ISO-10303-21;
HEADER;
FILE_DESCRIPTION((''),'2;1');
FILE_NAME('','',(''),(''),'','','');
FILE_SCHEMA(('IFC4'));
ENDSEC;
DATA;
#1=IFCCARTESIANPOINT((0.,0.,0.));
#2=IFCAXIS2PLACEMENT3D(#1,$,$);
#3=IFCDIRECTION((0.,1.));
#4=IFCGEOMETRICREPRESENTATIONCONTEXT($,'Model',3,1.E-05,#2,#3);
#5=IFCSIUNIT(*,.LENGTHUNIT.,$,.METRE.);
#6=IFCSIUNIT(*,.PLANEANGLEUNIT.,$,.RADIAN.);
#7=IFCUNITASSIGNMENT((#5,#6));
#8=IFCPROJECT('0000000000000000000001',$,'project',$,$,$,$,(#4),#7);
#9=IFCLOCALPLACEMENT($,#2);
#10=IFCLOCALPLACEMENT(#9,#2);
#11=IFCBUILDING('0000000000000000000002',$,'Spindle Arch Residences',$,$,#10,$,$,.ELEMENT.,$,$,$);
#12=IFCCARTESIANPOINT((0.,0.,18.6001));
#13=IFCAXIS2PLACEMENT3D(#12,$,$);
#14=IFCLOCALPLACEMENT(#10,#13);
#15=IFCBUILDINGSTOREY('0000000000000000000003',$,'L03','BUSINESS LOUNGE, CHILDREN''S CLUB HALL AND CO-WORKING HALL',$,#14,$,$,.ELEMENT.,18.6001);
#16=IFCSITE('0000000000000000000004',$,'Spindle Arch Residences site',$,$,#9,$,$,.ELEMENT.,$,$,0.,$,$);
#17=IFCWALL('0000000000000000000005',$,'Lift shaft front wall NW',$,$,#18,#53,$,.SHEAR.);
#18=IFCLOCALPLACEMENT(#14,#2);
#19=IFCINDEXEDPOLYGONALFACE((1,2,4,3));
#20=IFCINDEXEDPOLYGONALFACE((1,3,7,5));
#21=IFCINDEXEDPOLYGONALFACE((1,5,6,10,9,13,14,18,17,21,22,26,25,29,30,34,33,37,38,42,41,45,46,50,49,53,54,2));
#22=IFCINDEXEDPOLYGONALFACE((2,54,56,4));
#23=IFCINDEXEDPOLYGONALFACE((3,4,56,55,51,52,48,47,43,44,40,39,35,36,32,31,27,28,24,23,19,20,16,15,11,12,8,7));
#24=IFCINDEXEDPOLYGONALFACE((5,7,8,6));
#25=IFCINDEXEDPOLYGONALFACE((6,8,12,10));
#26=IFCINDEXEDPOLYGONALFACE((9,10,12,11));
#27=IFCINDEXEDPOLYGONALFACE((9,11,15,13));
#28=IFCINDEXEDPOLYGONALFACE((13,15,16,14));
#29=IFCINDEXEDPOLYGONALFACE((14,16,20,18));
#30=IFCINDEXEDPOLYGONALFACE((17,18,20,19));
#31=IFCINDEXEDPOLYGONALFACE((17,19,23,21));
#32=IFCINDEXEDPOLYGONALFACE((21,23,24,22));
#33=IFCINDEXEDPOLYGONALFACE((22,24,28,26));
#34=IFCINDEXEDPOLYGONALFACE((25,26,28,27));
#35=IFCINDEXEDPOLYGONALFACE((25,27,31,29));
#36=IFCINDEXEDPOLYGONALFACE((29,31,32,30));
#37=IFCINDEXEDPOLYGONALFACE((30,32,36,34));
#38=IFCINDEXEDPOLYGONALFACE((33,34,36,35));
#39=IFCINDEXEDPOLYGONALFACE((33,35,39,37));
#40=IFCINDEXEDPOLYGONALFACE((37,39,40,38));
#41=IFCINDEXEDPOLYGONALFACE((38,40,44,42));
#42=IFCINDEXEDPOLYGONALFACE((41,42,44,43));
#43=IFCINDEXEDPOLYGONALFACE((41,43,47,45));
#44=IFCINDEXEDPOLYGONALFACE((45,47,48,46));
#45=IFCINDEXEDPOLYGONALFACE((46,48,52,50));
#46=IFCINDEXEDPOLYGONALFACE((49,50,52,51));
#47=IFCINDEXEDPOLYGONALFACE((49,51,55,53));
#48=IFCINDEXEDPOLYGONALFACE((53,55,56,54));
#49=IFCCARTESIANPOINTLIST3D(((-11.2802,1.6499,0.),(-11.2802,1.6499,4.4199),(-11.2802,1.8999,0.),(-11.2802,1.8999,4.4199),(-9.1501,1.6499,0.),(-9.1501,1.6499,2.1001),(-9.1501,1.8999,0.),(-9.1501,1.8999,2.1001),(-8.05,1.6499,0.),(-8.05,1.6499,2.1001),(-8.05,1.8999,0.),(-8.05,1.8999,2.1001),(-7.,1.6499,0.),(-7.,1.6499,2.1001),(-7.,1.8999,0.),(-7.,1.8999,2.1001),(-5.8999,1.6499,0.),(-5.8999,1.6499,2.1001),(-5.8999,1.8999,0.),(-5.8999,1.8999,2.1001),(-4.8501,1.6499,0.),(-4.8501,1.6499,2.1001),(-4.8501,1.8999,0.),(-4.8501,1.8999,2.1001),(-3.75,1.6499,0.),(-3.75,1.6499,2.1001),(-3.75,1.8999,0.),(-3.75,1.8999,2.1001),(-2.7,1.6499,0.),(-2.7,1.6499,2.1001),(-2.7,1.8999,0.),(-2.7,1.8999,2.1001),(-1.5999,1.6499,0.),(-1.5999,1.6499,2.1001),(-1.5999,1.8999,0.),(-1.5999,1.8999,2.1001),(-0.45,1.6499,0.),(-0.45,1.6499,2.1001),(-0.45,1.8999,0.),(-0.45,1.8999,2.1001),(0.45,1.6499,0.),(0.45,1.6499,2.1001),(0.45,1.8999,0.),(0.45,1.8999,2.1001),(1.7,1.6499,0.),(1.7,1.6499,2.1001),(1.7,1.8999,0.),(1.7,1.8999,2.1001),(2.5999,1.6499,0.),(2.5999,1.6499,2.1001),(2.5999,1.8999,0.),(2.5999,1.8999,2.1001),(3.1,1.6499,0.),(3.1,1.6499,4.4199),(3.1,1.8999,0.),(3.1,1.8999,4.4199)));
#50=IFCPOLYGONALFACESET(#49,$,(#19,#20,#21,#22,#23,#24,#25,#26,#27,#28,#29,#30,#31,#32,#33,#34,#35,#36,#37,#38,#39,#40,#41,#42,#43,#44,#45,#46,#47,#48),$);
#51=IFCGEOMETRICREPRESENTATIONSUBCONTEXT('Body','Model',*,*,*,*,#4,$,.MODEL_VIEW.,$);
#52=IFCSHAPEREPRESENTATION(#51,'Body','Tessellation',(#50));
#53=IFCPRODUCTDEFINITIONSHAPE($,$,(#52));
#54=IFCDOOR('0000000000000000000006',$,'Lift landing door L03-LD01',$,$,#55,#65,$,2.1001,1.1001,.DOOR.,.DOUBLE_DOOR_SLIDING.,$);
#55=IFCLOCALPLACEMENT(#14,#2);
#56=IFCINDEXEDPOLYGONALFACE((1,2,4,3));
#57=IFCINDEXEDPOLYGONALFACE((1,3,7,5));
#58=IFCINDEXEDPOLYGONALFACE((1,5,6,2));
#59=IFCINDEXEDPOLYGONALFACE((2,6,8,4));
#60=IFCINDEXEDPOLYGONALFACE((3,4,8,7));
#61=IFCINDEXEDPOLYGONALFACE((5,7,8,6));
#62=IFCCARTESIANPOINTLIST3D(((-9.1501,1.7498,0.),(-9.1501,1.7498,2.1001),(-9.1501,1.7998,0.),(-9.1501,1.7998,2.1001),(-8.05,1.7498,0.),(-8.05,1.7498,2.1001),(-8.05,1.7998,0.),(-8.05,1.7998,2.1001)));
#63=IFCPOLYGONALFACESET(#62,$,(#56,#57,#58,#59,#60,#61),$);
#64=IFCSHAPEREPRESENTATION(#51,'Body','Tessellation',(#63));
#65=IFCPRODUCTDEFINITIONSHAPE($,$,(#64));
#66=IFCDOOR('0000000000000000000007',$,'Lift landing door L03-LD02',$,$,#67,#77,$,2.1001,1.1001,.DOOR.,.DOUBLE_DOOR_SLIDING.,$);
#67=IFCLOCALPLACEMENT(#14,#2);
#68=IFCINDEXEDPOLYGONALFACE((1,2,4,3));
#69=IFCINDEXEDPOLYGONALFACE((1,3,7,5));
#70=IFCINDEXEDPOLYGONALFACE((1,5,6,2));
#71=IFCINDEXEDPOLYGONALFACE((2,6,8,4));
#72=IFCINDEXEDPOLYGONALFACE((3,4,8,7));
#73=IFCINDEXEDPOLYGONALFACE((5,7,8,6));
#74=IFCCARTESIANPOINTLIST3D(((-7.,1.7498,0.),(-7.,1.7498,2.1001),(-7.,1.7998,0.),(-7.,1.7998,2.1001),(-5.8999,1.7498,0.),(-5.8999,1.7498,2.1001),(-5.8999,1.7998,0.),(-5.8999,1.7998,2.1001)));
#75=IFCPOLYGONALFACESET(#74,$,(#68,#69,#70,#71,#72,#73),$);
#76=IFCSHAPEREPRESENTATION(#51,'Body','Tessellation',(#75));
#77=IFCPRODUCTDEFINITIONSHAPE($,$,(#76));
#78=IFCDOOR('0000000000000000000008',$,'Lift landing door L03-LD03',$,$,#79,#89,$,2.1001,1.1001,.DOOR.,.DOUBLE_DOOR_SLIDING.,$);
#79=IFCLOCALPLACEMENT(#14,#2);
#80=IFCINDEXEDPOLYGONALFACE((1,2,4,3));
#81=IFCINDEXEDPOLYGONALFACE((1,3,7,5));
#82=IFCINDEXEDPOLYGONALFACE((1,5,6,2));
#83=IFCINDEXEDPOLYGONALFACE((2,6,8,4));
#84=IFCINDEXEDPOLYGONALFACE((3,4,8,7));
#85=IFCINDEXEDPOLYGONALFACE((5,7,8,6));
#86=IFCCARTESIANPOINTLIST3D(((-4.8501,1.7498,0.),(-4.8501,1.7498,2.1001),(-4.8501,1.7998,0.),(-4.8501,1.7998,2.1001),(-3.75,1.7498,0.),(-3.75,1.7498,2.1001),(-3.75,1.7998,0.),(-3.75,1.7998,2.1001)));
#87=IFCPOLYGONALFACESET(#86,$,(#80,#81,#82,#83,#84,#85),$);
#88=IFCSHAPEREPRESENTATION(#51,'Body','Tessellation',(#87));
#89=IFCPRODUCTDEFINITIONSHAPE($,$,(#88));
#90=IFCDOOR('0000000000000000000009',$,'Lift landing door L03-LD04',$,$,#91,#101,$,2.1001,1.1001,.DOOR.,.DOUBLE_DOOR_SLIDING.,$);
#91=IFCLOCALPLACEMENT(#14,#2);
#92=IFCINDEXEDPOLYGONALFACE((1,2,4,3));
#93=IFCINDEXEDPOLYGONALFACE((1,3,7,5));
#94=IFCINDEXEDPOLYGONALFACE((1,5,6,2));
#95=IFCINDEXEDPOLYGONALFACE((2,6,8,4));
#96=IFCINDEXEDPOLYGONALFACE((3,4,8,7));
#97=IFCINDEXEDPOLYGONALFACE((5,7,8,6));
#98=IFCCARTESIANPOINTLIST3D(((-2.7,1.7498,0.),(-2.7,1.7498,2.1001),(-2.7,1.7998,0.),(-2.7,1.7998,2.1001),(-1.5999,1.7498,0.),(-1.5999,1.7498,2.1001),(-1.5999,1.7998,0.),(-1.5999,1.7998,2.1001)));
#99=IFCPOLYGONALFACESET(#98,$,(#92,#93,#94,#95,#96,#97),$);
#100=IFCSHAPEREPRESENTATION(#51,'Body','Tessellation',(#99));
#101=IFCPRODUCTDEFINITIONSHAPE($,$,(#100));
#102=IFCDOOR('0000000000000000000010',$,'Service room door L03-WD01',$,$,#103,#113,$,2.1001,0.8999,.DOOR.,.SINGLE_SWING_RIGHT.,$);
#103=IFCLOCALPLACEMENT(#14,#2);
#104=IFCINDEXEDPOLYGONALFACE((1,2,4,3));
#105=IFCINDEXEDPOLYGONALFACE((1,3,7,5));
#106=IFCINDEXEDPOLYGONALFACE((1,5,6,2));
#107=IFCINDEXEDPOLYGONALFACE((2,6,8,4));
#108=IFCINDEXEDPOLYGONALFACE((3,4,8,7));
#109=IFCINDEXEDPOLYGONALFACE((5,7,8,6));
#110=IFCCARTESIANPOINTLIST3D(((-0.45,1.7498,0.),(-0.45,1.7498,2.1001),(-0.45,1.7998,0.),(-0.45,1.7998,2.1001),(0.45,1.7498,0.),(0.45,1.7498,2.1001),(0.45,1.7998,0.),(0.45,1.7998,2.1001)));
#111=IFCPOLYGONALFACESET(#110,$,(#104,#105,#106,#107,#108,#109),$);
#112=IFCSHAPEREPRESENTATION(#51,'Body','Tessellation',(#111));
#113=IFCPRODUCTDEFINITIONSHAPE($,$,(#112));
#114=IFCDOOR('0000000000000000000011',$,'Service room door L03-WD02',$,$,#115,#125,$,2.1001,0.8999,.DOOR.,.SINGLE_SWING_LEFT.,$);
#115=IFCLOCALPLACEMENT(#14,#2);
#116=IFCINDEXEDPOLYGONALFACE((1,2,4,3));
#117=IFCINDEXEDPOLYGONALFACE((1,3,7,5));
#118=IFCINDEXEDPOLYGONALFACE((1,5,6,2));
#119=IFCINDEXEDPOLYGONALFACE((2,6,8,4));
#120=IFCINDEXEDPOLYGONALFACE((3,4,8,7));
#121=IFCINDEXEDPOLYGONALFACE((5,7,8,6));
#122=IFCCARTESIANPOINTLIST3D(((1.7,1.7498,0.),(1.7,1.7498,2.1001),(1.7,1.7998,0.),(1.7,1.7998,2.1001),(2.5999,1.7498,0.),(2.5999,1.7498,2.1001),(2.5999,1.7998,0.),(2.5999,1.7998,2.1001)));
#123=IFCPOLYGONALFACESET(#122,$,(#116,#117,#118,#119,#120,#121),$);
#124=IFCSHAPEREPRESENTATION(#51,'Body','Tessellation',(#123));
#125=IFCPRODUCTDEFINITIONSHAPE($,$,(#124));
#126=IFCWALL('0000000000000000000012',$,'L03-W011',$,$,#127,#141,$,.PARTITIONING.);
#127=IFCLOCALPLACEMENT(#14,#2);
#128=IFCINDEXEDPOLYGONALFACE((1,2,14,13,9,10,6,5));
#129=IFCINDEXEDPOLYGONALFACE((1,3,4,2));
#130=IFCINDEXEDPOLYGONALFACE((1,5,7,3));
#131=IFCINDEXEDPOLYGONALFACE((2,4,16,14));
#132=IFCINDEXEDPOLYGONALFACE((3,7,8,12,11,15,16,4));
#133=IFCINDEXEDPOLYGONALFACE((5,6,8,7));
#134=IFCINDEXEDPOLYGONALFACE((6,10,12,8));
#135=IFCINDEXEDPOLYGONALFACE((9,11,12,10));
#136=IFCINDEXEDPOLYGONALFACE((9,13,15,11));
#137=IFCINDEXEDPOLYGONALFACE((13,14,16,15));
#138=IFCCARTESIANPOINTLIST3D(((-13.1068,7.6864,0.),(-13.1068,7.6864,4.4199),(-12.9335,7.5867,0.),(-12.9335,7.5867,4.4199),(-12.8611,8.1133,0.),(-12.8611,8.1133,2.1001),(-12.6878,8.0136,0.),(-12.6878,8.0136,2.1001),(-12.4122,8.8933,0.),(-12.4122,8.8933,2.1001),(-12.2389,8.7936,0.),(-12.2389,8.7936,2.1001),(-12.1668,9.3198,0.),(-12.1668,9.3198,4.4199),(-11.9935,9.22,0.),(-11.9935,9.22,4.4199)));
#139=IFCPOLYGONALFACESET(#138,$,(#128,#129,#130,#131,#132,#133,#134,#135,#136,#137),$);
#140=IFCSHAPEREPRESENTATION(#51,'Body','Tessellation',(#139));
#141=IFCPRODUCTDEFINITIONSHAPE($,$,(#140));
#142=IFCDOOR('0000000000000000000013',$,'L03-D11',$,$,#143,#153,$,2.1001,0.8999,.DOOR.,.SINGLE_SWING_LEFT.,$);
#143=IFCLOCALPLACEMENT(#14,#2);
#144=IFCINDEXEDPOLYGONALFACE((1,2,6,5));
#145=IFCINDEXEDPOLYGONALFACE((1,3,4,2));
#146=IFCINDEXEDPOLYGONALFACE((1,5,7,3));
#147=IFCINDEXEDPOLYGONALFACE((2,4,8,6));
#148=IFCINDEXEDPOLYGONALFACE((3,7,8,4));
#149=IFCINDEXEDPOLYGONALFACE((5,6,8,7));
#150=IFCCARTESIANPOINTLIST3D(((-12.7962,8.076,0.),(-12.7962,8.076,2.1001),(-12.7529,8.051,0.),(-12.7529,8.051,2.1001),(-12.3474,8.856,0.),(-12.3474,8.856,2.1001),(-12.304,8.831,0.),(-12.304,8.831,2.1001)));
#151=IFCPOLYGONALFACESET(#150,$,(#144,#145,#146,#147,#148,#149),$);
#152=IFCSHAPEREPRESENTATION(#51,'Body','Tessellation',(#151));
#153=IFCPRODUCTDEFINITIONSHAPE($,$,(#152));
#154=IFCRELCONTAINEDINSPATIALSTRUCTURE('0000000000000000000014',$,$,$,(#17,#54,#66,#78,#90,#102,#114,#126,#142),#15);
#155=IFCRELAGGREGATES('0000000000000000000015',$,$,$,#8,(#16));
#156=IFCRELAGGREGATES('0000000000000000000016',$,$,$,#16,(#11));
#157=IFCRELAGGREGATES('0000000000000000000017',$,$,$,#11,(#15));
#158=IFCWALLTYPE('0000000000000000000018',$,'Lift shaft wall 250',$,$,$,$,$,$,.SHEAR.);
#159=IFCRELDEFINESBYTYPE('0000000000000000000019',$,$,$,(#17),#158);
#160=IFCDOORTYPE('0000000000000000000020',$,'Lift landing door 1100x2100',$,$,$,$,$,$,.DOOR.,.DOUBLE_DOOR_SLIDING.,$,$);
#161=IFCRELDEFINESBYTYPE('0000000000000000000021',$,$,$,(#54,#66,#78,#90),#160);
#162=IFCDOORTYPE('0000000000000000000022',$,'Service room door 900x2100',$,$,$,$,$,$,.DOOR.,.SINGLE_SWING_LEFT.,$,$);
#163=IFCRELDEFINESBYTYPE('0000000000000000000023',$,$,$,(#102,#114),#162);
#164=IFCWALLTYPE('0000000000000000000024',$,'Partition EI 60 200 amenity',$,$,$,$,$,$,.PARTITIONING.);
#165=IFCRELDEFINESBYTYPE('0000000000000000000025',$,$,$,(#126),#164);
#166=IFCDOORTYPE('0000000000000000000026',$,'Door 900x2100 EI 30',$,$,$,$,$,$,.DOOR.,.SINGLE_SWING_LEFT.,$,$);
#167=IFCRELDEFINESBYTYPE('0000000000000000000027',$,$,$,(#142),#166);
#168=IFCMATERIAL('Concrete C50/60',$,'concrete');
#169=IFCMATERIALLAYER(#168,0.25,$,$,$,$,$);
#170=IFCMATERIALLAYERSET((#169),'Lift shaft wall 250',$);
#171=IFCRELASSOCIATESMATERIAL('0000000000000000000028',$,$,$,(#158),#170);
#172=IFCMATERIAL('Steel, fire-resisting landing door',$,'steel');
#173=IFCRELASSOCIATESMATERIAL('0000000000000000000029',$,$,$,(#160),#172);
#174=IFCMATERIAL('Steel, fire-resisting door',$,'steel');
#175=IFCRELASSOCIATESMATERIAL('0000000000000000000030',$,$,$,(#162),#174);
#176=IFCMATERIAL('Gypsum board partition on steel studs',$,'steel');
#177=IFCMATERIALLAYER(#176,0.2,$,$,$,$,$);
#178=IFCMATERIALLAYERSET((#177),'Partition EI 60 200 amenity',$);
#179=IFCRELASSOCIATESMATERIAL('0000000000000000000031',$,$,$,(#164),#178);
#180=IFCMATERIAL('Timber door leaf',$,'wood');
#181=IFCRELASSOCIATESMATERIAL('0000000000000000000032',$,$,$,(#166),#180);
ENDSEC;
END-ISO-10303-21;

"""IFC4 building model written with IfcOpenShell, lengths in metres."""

from ifc_helpers import new_model, si_unit, direction, frame, frame_2d, origin, place, context, subcontext, project, spatial, rectangle, extrude, material, layer, layer_set, type_object, element, fill, save


model = new_model("IFC4")

# Units and contexts
model_context = context("Model", 3, precision=1e-05, world=origin(), true_north=direction((0.0, 1.0)))
body_context = subcontext(model_context, "Body", "Model", "MODEL_VIEW")
ifc_project = project(units=[si_unit("LENGTHUNIT", "METRE"), si_unit("PLANEANGLEUNIT", "RADIAN")], contexts=[model_context])

# Site, building, storey
site_placement = place(None, origin())
site = spatial("IfcSite", under=ifc_project, at=site_placement, Name="Spindle Arch Residences site", CompositionType="ELEMENT", RefElevation=0.0)
building_placement = place(site_placement, origin())
building = spatial("IfcBuilding", under=site, at=building_placement, Name="Spindle Arch Residences", CompositionType="ELEMENT")
storey_placement = place(building_placement, frame((0.0, 0.0, 18.6001)))
storey = spatial("IfcBuildingStorey", under=building, at=storey_placement, Name="L03", Description="BUSINESS LOUNGE, CHILDREN'S CLUB HALL AND CO-WORKING HALL", CompositionType="ELEMENT", Elevation=18.6001)

# Wall, openings, doors
ifc_material_1 = material(Name="Concrete C50/60", Category="concrete")
ifc_layer_1 = layer(ifc_material_1, 0.25)
ifc_layer_set_1 = layer_set([ifc_layer_1], Name="Lift shaft wall 250")
wall_type_1 = type_object("IfcWallType", Name="Lift shaft wall 250", PredefinedType="SHEAR", material=ifc_layer_set_1)
wall_1_placement = place(storey_placement, frame((-11.28, 1.7749, 0.0), z_axis=(0.0, 0.0, 1.0), x_axis=(1.0, 0.0, 0.0)))
wall_1 = element("IfcWall", 1, at=wall_1_placement, inside=storey, type_object=wall_type_1, Name="Lift shaft front wall NW", PredefinedType="SHEAR", context=body_context, shape_type="SweptSolid", body=[
    extrude(rectangle(XDim=14.3801, YDim=0.25, at=frame_2d((7.1899, 0.0))), origin(), (0.0, 0.0, 1.0), 4.4199),
])
opening_1_placement = place(wall_1_placement, frame((2.1299, 0.0, 0.0)))
opening_1 = element("IfcOpeningElement", 2, at=opening_1_placement, cuts=wall_1, PredefinedType="OPENING", context=body_context, shape_type="SweptSolid", body=[
    extrude(rectangle(XDim=1.1001, YDim=2.1001, at=frame_2d((0.55, 1.05))), frame((0.0, 0.135, 0.0), z_axis=(0.0, -1.0, 0.0), x_axis=(1.0, 0.0, 0.0)), (0.0, 0.0, 1.0), 0.27),
])
opening_2_placement = place(wall_1_placement, frame((4.28, 0.0, 0.0)))
opening_2 = element("IfcOpeningElement", 3, at=opening_2_placement, cuts=wall_1, PredefinedType="OPENING", context=body_context, shape_type="SweptSolid", body=[
    extrude(rectangle(XDim=1.1001, YDim=2.1001, at=frame_2d((0.55, 1.05))), frame((0.0, 0.135, 0.0), z_axis=(0.0, -1.0, 0.0), x_axis=(1.0, 0.0, 0.0)), (0.0, 0.0, 1.0), 0.27),
])
opening_3_placement = place(wall_1_placement, frame((6.4299, 0.0, 0.0)))
opening_3 = element("IfcOpeningElement", 4, at=opening_3_placement, cuts=wall_1, PredefinedType="OPENING", context=body_context, shape_type="SweptSolid", body=[
    extrude(rectangle(XDim=1.1001, YDim=2.1001, at=frame_2d((0.55, 1.05))), frame((0.0, 0.135, 0.0), z_axis=(0.0, -1.0, 0.0), x_axis=(1.0, 0.0, 0.0)), (0.0, 0.0, 1.0), 0.27),
])
opening_4_placement = place(wall_1_placement, frame((8.5801, 0.0, 0.0)))
opening_4 = element("IfcOpeningElement", 5, at=opening_4_placement, cuts=wall_1, PredefinedType="OPENING", context=body_context, shape_type="SweptSolid", body=[
    extrude(rectangle(XDim=1.1001, YDim=2.1001, at=frame_2d((0.55, 1.05))), frame((0.0, 0.135, 0.0), z_axis=(0.0, -1.0, 0.0), x_axis=(1.0, 0.0, 0.0)), (0.0, 0.0, 1.0), 0.27),
])
opening_5_placement = place(wall_1_placement, frame((10.8301, 0.0, 0.0)))
opening_5 = element("IfcOpeningElement", 6, at=opening_5_placement, cuts=wall_1, PredefinedType="OPENING", context=body_context, shape_type="SweptSolid", body=[
    extrude(rectangle(XDim=0.8999, YDim=2.1001, at=frame_2d((0.45, 1.05))), frame((0.0, 0.135, 0.0), z_axis=(0.0, -1.0, 0.0), x_axis=(1.0, 0.0, 0.0)), (0.0, 0.0, 1.0), 0.27),
])
opening_6_placement = place(wall_1_placement, frame((12.98, 0.0, 0.0)))
opening_6 = element("IfcOpeningElement", 7, at=opening_6_placement, cuts=wall_1, PredefinedType="OPENING", context=body_context, shape_type="SweptSolid", body=[
    extrude(rectangle(XDim=0.8999, YDim=2.1001, at=frame_2d((0.45, 1.05))), frame((0.0, 0.135, 0.0), z_axis=(0.0, -1.0, 0.0), x_axis=(1.0, 0.0, 0.0)), (0.0, 0.0, 1.0), 0.27),
])
ifc_material_2 = material(Name="Steel, fire-resisting landing door", Category="steel")
door_type_1 = type_object("IfcDoorType", Name="Lift landing door 1100x2100", OperationType="DOUBLE_DOOR_SLIDING", PredefinedType="DOOR", material=ifc_material_2)
door_1_placement = place(opening_1_placement, origin())
door_1 = element("IfcDoor", 8, at=door_1_placement, inside=storey, type_object=door_type_1, Name="Lift landing door L03-LD01", OperationType="DOUBLE_DOOR_SLIDING", OverallHeight=2.1001, OverallWidth=1.1001, PredefinedType="DOOR", context=body_context, shape_type="SweptSolid", body=[
    extrude(rectangle(XDim=1.1001, YDim=2.1001, at=frame_2d((0.55, 1.05))), frame((0.0, 0.0249, 0.0), z_axis=(0.0, -1.0, 0.0), x_axis=(1.0, 0.0, 0.0)), (0.0, 0.0, 1.0), 0.05),
])
fill(opening_1, door_1)
door_2_placement = place(opening_2_placement, origin())
door_2 = element("IfcDoor", 9, at=door_2_placement, inside=storey, type_object=door_type_1, Name="Lift landing door L03-LD02", OperationType="DOUBLE_DOOR_SLIDING", OverallHeight=2.1001, OverallWidth=1.1001, PredefinedType="DOOR", context=body_context, shape_type="SweptSolid", body=[
    extrude(rectangle(XDim=1.1001, YDim=2.1001, at=frame_2d((0.55, 1.05))), frame((0.0, 0.0249, 0.0), z_axis=(0.0, -1.0, 0.0), x_axis=(1.0, 0.0, 0.0)), (0.0, 0.0, 1.0), 0.05),
])
fill(opening_2, door_2)
door_3_placement = place(opening_3_placement, origin())
door_3 = element("IfcDoor", 10, at=door_3_placement, inside=storey, type_object=door_type_1, Name="Lift landing door L03-LD03", OperationType="DOUBLE_DOOR_SLIDING", OverallHeight=2.1001, OverallWidth=1.1001, PredefinedType="DOOR", context=body_context, shape_type="SweptSolid", body=[
    extrude(rectangle(XDim=1.1001, YDim=2.1001, at=frame_2d((0.55, 1.05))), frame((0.0, 0.0249, 0.0), z_axis=(0.0, -1.0, 0.0), x_axis=(1.0, 0.0, 0.0)), (0.0, 0.0, 1.0), 0.05),
])
fill(opening_3, door_3)
door_4_placement = place(opening_4_placement, origin())
door_4 = element("IfcDoor", 11, at=door_4_placement, inside=storey, type_object=door_type_1, Name="Lift landing door L03-LD04", OperationType="DOUBLE_DOOR_SLIDING", OverallHeight=2.1001, OverallWidth=1.1001, PredefinedType="DOOR", context=body_context, shape_type="SweptSolid", body=[
    extrude(rectangle(XDim=1.1001, YDim=2.1001, at=frame_2d((0.55, 1.05))), frame((0.0, 0.0249, 0.0), z_axis=(0.0, -1.0, 0.0), x_axis=(1.0, 0.0, 0.0)), (0.0, 0.0, 1.0), 0.05),
])
fill(opening_4, door_4)
ifc_material_3 = material(Name="Steel, fire-resisting door", Category="steel")
door_type_2 = type_object("IfcDoorType", Name="Service room door 900x2100", OperationType="SINGLE_SWING_LEFT", PredefinedType="DOOR", material=ifc_material_3)
door_5_placement = place(opening_5_placement, origin())
door_5 = element("IfcDoor", 12, at=door_5_placement, inside=storey, type_object=door_type_2, Name="Service room door L03-WD01", OperationType="SINGLE_SWING_RIGHT", OverallHeight=2.1001, OverallWidth=0.8999, PredefinedType="DOOR", context=body_context, shape_type="SweptSolid", body=[
    extrude(rectangle(XDim=0.8999, YDim=2.1001, at=frame_2d((0.45, 1.05))), frame((0.0, 0.0249, 0.0), z_axis=(0.0, -1.0, 0.0), x_axis=(1.0, 0.0, 0.0)), (0.0, 0.0, 1.0), 0.05),
])
fill(opening_5, door_5)
door_6_placement = place(opening_6_placement, origin())
door_6 = element("IfcDoor", 13, at=door_6_placement, inside=storey, type_object=door_type_2, Name="Service room door L03-WD02", OperationType="SINGLE_SWING_LEFT", OverallHeight=2.1001, OverallWidth=0.8999, PredefinedType="DOOR", context=body_context, shape_type="SweptSolid", body=[
    extrude(rectangle(XDim=0.8999, YDim=2.1001, at=frame_2d((0.45, 1.05))), frame((0.0, 0.0249, 0.0), z_axis=(0.0, -1.0, 0.0), x_axis=(1.0, 0.0, 0.0)), (0.0, 0.0, 1.0), 0.05),
])
fill(opening_6, door_6)

# Wall, opening, door
ifc_material_4 = material(Name="Gypsum board partition on steel studs", Category="steel")
ifc_layer_2 = layer(ifc_material_4, 0.2)
ifc_layer_set_2 = layer_set([ifc_layer_2], Name="Partition EI 60 200 amenity")
wall_type_2 = type_object("IfcWallType", Name="Partition EI 60 200 amenity", PredefinedType="PARTITIONING", material=ifc_layer_set_2)
wall_2_placement = place(storey_placement, frame((-12.0801, 9.27, 0.0), z_axis=(0.0, 0.0, 1.0), x_axis=(-0.498788, -0.866724, 0.0)))
wall_2 = element("IfcWall", 14, at=wall_2_placement, inside=storey, type_object=wall_type_2, Name="L03-W011", PredefinedType="PARTITIONING", context=body_context, shape_type="SweptSolid", body=[
    extrude(rectangle(XDim=1.8845, YDim=0.2, at=frame_2d((0.9424, 0.0))), origin(), (0.0, 0.0, 1.0), 4.4199),
])
opening_7_placement = place(wall_2_placement, frame((0.4922, 0.0, 0.0)))
opening_7 = element("IfcOpeningElement", 15, at=opening_7_placement, cuts=wall_2, PredefinedType="OPENING", context=body_context, shape_type="SweptSolid", body=[
    extrude(rectangle(XDim=0.8999, YDim=2.1001, at=frame_2d((0.45, 1.05))), frame((0.0, 0.1099, 0.0), z_axis=(0.0, -1.0, 0.0), x_axis=(1.0, 0.0, 0.0)), (0.0, 0.0, 1.0), 0.22),
])
ifc_material_5 = material(Name="Timber door leaf", Category="wood")
door_type_3 = type_object("IfcDoorType", Name="Door 900x2100 EI 30", OperationType="SINGLE_SWING_LEFT", PredefinedType="DOOR", material=ifc_material_5)
door_7_placement = place(opening_7_placement, origin())
door_7 = element("IfcDoor", 16, at=door_7_placement, inside=storey, type_object=door_type_3, Name="L03-D11", OperationType="SINGLE_SWING_LEFT", OverallHeight=2.1001, OverallWidth=0.8999, PredefinedType="DOOR", context=body_context, shape_type="SweptSolid", body=[
    extrude(rectangle(XDim=0.8999, YDim=2.1001, at=frame_2d((0.45, 1.05))), frame((0.0, 0.0249, 0.0), z_axis=(0.0, -1.0, 0.0), x_axis=(1.0, 0.0, 0.0)), (0.0, 0.0, 1.0), 0.05),
])
fill(opening_7, door_7)

save(model, "model.ifc")
